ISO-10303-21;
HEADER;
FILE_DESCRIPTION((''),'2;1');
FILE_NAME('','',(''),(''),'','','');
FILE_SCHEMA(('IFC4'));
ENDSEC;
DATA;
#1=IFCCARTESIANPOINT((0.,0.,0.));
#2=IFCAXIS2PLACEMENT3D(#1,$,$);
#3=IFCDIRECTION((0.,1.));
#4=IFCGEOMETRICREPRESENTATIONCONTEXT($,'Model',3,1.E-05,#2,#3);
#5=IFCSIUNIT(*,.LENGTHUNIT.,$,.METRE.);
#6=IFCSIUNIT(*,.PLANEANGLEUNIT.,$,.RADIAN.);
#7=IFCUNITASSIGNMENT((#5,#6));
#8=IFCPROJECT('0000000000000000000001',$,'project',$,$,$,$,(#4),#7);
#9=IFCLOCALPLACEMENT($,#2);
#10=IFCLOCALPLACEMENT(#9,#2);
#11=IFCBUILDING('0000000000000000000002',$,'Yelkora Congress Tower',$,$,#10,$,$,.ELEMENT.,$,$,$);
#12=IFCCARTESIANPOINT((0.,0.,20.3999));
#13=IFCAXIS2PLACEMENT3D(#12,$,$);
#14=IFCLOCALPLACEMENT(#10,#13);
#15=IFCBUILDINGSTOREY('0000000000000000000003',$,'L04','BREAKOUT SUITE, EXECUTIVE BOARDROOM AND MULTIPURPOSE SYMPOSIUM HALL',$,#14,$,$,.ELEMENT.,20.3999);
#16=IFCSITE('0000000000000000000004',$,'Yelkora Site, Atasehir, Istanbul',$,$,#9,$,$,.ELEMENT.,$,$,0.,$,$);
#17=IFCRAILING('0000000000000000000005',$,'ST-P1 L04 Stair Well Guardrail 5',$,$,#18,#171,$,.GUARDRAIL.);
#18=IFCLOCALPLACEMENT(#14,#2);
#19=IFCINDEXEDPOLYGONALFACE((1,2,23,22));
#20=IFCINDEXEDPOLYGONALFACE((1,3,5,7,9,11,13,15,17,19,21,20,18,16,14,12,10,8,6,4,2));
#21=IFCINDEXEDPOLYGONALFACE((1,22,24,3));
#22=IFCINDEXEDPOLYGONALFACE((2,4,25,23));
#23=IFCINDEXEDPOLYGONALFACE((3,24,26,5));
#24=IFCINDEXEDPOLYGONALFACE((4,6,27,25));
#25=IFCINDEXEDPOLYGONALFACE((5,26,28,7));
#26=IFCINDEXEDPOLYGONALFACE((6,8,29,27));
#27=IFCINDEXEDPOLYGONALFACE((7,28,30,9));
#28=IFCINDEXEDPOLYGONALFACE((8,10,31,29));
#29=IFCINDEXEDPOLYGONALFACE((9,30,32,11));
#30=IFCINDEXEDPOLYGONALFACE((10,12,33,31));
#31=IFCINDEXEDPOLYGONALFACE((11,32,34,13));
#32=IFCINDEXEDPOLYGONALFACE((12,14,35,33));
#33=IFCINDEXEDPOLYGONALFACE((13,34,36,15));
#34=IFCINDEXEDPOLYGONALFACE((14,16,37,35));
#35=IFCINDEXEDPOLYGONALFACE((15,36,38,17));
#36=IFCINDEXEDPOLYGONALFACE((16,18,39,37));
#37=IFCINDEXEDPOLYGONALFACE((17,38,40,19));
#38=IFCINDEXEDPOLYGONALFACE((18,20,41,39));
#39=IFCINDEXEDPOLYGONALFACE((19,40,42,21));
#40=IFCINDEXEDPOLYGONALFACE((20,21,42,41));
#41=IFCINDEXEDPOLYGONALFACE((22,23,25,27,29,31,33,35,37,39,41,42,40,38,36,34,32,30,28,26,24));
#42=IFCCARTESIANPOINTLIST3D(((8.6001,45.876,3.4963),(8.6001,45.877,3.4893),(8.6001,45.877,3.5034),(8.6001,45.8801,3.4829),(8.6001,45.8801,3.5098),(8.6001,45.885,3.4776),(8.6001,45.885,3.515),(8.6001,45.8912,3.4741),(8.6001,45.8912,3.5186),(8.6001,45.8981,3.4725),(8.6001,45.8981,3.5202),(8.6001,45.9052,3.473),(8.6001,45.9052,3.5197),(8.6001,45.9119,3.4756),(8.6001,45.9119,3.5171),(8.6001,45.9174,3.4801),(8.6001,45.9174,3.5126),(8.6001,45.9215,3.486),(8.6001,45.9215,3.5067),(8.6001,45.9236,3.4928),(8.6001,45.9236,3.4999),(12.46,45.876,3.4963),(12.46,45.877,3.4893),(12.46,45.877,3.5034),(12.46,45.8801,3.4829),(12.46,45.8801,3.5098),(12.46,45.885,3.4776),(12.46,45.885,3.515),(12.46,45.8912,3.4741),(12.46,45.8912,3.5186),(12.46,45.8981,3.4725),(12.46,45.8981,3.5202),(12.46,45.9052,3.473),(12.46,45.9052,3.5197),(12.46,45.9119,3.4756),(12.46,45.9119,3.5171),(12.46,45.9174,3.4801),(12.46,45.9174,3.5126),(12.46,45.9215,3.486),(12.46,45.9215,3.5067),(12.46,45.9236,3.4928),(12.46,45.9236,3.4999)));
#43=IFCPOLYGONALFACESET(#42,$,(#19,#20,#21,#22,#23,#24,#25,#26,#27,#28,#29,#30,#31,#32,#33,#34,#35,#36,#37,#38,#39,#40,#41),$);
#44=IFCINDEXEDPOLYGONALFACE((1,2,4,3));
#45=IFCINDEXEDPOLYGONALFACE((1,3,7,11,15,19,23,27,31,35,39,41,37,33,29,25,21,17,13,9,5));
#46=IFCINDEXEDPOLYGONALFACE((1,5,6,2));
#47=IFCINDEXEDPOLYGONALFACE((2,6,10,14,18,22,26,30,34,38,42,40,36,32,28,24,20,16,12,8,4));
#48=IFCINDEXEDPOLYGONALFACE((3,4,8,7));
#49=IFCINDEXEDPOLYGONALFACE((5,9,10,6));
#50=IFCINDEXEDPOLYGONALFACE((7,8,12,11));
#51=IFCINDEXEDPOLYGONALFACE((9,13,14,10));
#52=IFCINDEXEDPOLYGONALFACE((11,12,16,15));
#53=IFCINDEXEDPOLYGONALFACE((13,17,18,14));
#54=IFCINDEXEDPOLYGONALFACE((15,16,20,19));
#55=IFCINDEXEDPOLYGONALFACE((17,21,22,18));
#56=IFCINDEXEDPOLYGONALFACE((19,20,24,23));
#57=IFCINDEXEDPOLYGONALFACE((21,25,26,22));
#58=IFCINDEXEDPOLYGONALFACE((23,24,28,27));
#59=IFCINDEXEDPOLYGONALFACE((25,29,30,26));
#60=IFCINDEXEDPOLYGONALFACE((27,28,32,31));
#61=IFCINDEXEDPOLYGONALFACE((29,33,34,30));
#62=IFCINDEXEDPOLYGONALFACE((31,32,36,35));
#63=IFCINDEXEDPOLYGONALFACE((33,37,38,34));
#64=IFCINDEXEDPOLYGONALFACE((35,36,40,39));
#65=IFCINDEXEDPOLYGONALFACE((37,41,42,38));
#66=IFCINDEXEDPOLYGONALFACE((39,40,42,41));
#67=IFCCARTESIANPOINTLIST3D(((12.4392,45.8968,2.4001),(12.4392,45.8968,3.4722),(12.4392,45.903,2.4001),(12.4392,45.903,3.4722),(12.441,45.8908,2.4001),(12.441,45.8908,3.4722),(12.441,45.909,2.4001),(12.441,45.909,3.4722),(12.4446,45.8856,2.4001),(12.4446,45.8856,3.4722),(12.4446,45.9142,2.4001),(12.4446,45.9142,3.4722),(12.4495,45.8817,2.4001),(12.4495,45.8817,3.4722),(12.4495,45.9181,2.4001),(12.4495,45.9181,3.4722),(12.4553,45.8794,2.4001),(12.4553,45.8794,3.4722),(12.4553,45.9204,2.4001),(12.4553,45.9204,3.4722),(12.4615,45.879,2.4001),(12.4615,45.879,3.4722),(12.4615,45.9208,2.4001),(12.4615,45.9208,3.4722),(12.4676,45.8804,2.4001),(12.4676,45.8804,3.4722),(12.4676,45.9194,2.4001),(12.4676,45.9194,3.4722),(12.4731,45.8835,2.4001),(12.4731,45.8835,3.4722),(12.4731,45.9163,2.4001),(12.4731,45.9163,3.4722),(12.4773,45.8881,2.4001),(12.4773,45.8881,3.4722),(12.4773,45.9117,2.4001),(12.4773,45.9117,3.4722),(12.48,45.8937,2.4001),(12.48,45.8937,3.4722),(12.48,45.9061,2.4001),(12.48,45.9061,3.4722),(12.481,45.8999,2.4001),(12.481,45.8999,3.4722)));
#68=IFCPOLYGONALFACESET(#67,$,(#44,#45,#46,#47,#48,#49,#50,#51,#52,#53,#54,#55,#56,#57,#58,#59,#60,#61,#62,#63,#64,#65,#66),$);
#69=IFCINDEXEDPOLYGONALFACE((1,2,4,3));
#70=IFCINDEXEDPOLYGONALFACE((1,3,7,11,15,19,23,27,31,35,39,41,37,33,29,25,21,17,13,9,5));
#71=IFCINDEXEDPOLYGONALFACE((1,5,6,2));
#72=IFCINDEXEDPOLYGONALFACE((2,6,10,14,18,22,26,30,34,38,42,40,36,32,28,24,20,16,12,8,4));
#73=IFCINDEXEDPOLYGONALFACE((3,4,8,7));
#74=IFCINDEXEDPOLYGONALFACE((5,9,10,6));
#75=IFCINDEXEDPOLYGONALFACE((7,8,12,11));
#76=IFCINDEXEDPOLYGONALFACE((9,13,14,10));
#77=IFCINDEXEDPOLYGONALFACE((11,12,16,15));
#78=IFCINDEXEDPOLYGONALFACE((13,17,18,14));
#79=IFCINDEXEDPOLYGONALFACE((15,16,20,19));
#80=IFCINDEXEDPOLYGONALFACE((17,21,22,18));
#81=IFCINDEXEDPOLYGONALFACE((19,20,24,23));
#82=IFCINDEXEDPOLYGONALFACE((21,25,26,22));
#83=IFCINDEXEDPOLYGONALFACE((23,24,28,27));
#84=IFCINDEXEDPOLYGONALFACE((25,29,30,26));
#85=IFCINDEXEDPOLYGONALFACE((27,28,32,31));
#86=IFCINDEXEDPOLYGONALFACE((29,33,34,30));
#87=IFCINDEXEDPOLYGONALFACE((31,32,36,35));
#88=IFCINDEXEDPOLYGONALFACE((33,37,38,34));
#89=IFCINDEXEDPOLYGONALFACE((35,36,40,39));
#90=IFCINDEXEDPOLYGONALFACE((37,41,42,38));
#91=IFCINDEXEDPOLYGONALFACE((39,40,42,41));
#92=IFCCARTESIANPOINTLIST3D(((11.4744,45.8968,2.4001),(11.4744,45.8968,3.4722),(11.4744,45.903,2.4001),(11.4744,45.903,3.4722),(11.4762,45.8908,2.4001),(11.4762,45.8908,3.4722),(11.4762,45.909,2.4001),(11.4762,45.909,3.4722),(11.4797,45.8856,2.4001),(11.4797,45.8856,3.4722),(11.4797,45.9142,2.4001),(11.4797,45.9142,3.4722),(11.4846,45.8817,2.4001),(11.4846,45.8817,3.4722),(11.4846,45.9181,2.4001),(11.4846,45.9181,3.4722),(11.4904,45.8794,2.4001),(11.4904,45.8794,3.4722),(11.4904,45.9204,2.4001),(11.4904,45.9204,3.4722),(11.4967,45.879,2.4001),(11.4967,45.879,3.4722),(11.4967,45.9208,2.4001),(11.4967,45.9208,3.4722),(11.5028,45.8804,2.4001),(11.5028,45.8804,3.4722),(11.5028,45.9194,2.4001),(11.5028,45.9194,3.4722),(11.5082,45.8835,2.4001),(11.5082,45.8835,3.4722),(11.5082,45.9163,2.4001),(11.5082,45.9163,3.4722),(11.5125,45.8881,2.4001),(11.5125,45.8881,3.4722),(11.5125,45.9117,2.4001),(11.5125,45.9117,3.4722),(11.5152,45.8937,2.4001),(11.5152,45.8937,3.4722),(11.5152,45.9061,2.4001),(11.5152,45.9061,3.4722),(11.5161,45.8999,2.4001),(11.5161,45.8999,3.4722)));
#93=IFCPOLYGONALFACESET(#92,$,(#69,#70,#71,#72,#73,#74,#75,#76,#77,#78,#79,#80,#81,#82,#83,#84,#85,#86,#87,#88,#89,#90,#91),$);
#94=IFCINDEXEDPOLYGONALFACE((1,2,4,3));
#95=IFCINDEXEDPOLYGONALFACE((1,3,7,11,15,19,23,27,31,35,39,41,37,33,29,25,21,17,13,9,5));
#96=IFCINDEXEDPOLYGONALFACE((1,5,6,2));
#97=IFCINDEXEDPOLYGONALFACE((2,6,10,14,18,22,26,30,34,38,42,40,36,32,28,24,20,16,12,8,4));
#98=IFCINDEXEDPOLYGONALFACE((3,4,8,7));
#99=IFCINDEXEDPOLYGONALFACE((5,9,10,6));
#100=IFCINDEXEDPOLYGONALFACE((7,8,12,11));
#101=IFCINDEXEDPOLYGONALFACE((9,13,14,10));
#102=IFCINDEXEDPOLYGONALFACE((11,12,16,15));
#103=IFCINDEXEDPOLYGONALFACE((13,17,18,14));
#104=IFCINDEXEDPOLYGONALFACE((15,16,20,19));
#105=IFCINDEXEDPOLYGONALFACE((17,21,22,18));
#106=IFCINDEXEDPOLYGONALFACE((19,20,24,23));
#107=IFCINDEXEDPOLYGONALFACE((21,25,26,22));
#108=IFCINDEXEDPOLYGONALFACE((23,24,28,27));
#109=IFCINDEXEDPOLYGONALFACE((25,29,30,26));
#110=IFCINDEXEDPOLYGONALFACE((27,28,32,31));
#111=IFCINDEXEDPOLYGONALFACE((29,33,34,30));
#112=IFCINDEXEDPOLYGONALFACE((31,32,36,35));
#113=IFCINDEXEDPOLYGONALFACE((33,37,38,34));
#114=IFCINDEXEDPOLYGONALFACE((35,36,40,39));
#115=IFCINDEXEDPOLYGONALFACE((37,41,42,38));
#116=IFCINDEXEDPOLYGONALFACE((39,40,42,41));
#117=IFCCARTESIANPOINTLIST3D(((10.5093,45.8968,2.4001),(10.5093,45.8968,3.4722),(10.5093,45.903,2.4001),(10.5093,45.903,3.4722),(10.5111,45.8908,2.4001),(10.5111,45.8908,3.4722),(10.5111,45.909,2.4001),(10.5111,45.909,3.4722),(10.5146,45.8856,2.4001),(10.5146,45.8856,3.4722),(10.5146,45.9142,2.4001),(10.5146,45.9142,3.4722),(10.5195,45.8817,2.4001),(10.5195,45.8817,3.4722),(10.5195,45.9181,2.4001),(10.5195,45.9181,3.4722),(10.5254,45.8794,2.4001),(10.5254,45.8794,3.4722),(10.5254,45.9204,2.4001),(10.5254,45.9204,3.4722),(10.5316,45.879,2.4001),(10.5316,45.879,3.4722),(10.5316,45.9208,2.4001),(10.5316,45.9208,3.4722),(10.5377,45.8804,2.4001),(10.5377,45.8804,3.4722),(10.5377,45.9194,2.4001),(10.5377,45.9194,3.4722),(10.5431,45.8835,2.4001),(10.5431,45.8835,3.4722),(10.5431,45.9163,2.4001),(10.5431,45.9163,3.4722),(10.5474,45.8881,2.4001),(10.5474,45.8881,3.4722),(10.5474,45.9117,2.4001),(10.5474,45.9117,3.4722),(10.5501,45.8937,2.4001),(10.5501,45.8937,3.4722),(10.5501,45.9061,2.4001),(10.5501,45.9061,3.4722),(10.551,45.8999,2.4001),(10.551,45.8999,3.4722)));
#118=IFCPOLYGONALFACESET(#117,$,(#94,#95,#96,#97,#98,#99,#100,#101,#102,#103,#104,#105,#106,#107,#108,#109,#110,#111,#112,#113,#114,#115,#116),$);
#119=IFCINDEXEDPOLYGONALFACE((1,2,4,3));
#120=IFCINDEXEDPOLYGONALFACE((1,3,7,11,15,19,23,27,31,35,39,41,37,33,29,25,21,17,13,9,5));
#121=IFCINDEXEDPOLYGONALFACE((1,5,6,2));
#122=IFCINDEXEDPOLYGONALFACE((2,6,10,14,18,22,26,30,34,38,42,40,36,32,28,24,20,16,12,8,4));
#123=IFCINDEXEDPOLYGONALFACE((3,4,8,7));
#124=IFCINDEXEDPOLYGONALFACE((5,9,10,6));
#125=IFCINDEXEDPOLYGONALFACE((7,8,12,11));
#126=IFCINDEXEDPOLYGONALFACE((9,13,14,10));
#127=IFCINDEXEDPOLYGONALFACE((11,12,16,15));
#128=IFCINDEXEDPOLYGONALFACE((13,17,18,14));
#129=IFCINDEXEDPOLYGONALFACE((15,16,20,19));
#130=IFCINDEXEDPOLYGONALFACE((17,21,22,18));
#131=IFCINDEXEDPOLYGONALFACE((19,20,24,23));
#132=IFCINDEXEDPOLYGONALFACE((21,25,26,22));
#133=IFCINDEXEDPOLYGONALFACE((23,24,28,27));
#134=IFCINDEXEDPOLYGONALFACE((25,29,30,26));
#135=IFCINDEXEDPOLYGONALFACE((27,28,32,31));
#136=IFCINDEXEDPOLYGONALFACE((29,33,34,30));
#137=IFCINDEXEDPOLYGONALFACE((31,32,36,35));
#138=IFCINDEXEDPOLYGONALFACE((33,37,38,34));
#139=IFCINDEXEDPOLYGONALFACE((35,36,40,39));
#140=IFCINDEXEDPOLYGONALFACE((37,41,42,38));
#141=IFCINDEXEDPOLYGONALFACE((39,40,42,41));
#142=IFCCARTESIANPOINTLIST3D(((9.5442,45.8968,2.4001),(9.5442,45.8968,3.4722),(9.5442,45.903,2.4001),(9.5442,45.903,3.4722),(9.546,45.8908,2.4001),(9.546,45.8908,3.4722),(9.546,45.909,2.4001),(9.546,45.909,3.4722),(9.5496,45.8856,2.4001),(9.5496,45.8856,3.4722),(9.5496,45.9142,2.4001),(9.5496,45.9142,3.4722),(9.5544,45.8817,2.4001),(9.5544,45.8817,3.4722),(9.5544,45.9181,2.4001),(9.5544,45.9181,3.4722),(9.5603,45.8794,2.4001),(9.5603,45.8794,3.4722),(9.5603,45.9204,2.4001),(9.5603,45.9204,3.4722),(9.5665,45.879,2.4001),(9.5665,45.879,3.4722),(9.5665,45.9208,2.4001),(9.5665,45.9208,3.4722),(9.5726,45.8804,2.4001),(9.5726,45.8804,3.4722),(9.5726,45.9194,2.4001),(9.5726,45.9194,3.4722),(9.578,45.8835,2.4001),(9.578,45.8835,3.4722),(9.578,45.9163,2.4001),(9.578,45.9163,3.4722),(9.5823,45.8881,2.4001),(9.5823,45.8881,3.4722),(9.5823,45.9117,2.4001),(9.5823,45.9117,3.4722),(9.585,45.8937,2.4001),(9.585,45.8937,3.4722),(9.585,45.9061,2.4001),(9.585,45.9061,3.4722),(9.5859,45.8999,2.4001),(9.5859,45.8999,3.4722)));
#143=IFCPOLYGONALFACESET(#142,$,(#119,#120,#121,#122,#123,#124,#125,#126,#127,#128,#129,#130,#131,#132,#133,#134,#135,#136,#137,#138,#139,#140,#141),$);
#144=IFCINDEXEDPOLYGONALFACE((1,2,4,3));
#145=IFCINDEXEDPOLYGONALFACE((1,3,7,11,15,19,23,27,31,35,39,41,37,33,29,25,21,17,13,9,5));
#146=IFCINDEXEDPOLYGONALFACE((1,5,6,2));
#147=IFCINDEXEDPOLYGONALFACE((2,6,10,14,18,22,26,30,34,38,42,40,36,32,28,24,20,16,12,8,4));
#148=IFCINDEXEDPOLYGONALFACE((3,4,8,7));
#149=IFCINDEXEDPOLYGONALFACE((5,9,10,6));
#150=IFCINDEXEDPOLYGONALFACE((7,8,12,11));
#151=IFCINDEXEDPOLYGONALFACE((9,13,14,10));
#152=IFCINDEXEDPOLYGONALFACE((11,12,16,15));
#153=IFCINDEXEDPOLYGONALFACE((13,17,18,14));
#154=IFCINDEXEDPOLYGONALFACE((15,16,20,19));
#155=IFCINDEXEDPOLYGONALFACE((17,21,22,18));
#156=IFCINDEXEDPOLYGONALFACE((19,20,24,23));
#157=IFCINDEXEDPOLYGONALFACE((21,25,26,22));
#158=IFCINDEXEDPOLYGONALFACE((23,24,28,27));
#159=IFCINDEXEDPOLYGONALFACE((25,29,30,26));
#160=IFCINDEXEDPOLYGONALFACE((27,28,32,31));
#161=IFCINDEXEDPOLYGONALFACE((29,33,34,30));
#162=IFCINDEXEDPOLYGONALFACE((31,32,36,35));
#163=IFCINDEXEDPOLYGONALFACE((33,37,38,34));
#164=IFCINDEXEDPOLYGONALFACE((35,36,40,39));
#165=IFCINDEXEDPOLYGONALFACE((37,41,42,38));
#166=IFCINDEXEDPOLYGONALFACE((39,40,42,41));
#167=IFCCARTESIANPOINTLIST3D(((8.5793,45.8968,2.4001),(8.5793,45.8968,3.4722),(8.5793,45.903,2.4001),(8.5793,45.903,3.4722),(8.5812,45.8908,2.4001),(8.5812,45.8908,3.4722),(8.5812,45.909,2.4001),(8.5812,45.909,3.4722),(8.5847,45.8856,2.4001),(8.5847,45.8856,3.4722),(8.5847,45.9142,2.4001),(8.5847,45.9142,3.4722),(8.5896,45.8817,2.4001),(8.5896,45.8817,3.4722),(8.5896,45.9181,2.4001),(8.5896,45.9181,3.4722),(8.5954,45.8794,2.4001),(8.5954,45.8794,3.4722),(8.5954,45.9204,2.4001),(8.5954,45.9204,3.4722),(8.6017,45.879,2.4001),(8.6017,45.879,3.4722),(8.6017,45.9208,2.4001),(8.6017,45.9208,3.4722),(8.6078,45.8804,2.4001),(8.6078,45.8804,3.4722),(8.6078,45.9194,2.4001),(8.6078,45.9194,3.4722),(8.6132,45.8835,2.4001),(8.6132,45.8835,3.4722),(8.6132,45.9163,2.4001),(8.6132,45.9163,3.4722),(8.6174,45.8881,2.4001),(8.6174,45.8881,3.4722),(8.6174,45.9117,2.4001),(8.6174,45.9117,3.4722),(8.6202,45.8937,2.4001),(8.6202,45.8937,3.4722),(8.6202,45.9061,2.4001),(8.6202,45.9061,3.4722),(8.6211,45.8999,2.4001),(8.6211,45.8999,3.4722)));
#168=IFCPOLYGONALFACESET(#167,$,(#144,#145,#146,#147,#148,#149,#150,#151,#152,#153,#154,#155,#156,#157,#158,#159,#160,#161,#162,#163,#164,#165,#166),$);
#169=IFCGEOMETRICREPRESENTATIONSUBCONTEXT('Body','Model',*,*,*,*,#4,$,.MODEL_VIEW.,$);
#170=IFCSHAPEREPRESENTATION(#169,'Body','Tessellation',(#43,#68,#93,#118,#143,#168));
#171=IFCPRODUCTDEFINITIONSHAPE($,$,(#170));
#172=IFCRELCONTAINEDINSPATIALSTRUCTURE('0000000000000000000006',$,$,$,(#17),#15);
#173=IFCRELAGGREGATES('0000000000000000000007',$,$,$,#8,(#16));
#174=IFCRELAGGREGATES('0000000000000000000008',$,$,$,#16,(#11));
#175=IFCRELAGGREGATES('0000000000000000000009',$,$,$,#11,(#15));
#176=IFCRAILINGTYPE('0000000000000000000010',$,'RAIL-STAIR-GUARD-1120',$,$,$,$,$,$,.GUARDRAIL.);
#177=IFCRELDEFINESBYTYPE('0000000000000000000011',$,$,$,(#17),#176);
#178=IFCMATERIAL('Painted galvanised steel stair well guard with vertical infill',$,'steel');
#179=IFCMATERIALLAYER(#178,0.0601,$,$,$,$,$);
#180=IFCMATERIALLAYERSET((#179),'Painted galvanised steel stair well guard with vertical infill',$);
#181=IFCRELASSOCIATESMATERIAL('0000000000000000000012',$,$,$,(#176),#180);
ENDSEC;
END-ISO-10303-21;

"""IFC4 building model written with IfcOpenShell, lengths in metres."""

from ifc_helpers import new_model, si_unit, direction, frame, origin, origin_2d, place, context, subcontext, project, spatial, circle, extrude, material, layer, layer_set, type_object, element, save


model = new_model("IFC4")

# Units and contexts
model_context = context("Model", 3, precision=1e-05, world=origin(), true_north=direction((0.0, 1.0)))
body_context = subcontext(model_context, "Body", "Model", "MODEL_VIEW")
ifc_project = project(units=[si_unit("LENGTHUNIT", "METRE"), si_unit("PLANEANGLEUNIT", "RADIAN")], contexts=[model_context])

# Site, building, storey
site_placement = place(None, origin())
site = spatial("IfcSite", under=ifc_project, at=site_placement, Name="Yelkora Site, Atasehir, Istanbul", CompositionType="ELEMENT", RefElevation=0.0)
building_placement = place(site_placement, origin())
building = spatial("IfcBuilding", under=site, at=building_placement, Name="Yelkora Congress Tower", CompositionType="ELEMENT")
storey_placement = place(building_placement, frame((0.0, 0.0, 20.3999)))
storey = spatial("IfcBuildingStorey", under=building, at=storey_placement, Name="L04", Description="BREAKOUT SUITE, EXECUTIVE BOARDROOM AND MULTIPURPOSE SYMPOSIUM HALL", CompositionType="ELEMENT", Elevation=20.3999)

# Railing
ifc_material_1 = material(Name="Painted galvanised steel stair well guard with vertical infill", Category="steel")
ifc_layer_1 = layer(ifc_material_1, 0.0601)
ifc_layer_set_1 = layer_set([ifc_layer_1], Name="Painted galvanised steel stair well guard with vertical infill")
railing_type_1 = type_object("IfcRailingType", Name="RAIL-STAIR-GUARD-1120", PredefinedType="GUARDRAIL", material=ifc_layer_set_1)
railing_1_placement = place(storey_placement, frame((12.46, 45.8999, 2.4001)))
element("IfcRailing", 1, at=railing_1_placement, inside=storey, type_object=railing_type_1, Name="ST-P1 L04 Stair Well Guardrail 5", PredefinedType="GUARDRAIL", context=body_context, shape_type="SweptSolid", body=[
    extrude(circle(Radius=0.0239, at=origin_2d()), frame((0.0, 0.0, 1.0962), z_axis=(-1.0, 0.0, 0.0), x_axis=(0.0, -1.0, 0.0)), (0.0, 0.0, 1.0), 3.8599),
    extrude(circle(Radius=0.021, at=origin_2d()), origin(), (0.0, 0.0, 1.0), 1.072),
    extrude(circle(Radius=0.021, at=origin_2d()), frame((-0.9648, 0.0, 0.0)), (0.0, 0.0, 1.0), 1.072),
    extrude(circle(Radius=0.021, at=origin_2d()), frame((-1.9299, 0.0, 0.0)), (0.0, 0.0, 1.0), 1.072),
    extrude(circle(Radius=0.021, at=origin_2d()), frame((-2.895, 0.0, 0.0)), (0.0, 0.0, 1.0), 1.072),
    extrude(circle(Radius=0.021, at=origin_2d()), frame((-3.8599, 0.0, 0.0)), (0.0, 0.0, 1.0), 1.072),
])

save(model, "model.ifc")
